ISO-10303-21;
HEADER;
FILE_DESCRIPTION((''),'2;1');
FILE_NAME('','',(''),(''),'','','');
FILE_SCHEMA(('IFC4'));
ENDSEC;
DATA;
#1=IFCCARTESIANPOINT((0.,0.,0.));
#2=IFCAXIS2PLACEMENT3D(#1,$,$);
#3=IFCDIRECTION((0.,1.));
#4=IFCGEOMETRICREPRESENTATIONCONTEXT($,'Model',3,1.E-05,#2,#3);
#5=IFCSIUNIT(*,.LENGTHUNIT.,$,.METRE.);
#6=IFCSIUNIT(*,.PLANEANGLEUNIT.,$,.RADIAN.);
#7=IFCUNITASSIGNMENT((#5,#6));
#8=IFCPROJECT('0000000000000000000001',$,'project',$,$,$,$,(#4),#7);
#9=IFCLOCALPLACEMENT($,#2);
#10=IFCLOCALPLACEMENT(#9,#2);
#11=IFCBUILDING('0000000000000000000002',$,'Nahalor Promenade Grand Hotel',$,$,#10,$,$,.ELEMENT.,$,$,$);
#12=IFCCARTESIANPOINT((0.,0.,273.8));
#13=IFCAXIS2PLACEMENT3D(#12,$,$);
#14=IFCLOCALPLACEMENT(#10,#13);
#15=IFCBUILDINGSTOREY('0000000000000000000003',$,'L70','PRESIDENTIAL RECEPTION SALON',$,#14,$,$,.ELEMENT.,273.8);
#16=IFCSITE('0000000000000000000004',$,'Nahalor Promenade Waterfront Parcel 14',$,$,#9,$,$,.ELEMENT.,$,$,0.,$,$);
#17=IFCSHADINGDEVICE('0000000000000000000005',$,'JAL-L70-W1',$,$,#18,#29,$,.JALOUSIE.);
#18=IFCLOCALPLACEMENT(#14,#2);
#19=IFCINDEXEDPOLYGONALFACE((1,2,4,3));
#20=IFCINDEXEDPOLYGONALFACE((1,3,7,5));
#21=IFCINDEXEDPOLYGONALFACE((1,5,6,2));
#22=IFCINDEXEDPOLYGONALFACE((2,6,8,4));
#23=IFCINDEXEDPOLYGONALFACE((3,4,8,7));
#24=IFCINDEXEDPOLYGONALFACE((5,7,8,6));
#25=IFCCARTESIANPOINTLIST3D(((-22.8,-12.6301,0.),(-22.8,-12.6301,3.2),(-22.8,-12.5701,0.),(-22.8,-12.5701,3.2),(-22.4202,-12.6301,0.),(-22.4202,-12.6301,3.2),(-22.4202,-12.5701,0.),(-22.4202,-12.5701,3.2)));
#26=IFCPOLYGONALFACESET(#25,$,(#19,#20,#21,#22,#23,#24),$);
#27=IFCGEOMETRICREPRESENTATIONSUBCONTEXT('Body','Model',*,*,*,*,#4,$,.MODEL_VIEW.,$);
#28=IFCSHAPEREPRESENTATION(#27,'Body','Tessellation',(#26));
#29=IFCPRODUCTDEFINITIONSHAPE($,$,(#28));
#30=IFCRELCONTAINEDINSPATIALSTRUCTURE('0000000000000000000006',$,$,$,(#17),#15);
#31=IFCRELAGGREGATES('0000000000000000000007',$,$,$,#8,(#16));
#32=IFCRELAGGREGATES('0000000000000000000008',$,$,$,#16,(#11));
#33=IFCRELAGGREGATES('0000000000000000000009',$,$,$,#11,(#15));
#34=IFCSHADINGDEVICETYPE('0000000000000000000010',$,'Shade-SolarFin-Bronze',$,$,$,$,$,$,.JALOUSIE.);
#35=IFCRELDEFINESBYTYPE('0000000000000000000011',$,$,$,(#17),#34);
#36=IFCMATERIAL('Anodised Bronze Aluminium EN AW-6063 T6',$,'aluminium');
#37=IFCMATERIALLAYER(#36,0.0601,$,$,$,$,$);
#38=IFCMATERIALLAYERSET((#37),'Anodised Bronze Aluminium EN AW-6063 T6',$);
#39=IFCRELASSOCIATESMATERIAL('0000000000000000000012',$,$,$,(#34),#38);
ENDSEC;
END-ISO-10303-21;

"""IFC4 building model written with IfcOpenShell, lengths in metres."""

from ifc_helpers import new_model, si_unit, direction, frame, origin, origin_2d, place, context, subcontext, project, spatial, rectangle, extrude, source, transform, mapped, material, layer, layer_set, type_object, element, save


model = new_model("IFC4")

# Units and contexts
model_context = context("Model", 3, precision=1e-05, world=origin(), true_north=direction((0.0, 1.0)))
body_context = subcontext(model_context, "Body", "Model", "MODEL_VIEW")
ifc_project = project(units=[si_unit("LENGTHUNIT", "METRE"), si_unit("PLANEANGLEUNIT", "RADIAN")], contexts=[model_context])

# Site, building, storey
site_placement = place(None, origin())
site = spatial("IfcSite", under=ifc_project, at=site_placement, Name="Nahalor Promenade Waterfront Parcel 14", CompositionType="ELEMENT", RefElevation=0.0)
building_placement = place(site_placement, origin())
building = spatial("IfcBuilding", under=site, at=building_placement, Name="Nahalor Promenade Grand Hotel", CompositionType="ELEMENT")
storey_placement = place(building_placement, frame((0.0, 0.0, 273.8)))
storey = spatial("IfcBuildingStorey", under=building, at=storey_placement, Name="L70", Description="PRESIDENTIAL RECEPTION SALON", CompositionType="ELEMENT", Elevation=273.8)

# Shared definitions
ifc_material_1 = material(Name="Anodised Bronze Aluminium EN AW-6063 T6", Category="aluminium")

# Shading device
ifc_layer_1 = layer(ifc_material_1, 0.0601)
ifc_layer_set_1 = layer_set([ifc_layer_1], Name="Anodised Bronze Aluminium EN AW-6063 T6")
shading_device_type = type_object("IfcShadingDeviceType", Name="Shade-SolarFin-Bronze", PredefinedType="JALOUSIE", material=ifc_layer_set_1)
shared_shape_1 = source(origin(), body_context, "Body", "SweptSolid", [
    extrude(rectangle(XDim=0.3799, YDim=0.0601, at=origin_2d()), origin(), (0.0, 0.0, 1.0), 3.2),
])
shading_device_placement = place(storey_placement, frame((-22.6101, -12.6001, 0.0), z_axis=(0.0, 0.0, 1.0), x_axis=(1.0, 0.0, 0.0)))
element("IfcShadingDevice", 1, at=shading_device_placement, inside=storey, type_object=shading_device_type, Name="JAL-L70-W1", PredefinedType="JALOUSIE", context=body_context, shape_type="MappedRepresentation", body=[
    mapped(shared_shape_1, transform((0.0, 0.0, 0.0), scale=1.0)),
])

save(model, "model.ifc")
